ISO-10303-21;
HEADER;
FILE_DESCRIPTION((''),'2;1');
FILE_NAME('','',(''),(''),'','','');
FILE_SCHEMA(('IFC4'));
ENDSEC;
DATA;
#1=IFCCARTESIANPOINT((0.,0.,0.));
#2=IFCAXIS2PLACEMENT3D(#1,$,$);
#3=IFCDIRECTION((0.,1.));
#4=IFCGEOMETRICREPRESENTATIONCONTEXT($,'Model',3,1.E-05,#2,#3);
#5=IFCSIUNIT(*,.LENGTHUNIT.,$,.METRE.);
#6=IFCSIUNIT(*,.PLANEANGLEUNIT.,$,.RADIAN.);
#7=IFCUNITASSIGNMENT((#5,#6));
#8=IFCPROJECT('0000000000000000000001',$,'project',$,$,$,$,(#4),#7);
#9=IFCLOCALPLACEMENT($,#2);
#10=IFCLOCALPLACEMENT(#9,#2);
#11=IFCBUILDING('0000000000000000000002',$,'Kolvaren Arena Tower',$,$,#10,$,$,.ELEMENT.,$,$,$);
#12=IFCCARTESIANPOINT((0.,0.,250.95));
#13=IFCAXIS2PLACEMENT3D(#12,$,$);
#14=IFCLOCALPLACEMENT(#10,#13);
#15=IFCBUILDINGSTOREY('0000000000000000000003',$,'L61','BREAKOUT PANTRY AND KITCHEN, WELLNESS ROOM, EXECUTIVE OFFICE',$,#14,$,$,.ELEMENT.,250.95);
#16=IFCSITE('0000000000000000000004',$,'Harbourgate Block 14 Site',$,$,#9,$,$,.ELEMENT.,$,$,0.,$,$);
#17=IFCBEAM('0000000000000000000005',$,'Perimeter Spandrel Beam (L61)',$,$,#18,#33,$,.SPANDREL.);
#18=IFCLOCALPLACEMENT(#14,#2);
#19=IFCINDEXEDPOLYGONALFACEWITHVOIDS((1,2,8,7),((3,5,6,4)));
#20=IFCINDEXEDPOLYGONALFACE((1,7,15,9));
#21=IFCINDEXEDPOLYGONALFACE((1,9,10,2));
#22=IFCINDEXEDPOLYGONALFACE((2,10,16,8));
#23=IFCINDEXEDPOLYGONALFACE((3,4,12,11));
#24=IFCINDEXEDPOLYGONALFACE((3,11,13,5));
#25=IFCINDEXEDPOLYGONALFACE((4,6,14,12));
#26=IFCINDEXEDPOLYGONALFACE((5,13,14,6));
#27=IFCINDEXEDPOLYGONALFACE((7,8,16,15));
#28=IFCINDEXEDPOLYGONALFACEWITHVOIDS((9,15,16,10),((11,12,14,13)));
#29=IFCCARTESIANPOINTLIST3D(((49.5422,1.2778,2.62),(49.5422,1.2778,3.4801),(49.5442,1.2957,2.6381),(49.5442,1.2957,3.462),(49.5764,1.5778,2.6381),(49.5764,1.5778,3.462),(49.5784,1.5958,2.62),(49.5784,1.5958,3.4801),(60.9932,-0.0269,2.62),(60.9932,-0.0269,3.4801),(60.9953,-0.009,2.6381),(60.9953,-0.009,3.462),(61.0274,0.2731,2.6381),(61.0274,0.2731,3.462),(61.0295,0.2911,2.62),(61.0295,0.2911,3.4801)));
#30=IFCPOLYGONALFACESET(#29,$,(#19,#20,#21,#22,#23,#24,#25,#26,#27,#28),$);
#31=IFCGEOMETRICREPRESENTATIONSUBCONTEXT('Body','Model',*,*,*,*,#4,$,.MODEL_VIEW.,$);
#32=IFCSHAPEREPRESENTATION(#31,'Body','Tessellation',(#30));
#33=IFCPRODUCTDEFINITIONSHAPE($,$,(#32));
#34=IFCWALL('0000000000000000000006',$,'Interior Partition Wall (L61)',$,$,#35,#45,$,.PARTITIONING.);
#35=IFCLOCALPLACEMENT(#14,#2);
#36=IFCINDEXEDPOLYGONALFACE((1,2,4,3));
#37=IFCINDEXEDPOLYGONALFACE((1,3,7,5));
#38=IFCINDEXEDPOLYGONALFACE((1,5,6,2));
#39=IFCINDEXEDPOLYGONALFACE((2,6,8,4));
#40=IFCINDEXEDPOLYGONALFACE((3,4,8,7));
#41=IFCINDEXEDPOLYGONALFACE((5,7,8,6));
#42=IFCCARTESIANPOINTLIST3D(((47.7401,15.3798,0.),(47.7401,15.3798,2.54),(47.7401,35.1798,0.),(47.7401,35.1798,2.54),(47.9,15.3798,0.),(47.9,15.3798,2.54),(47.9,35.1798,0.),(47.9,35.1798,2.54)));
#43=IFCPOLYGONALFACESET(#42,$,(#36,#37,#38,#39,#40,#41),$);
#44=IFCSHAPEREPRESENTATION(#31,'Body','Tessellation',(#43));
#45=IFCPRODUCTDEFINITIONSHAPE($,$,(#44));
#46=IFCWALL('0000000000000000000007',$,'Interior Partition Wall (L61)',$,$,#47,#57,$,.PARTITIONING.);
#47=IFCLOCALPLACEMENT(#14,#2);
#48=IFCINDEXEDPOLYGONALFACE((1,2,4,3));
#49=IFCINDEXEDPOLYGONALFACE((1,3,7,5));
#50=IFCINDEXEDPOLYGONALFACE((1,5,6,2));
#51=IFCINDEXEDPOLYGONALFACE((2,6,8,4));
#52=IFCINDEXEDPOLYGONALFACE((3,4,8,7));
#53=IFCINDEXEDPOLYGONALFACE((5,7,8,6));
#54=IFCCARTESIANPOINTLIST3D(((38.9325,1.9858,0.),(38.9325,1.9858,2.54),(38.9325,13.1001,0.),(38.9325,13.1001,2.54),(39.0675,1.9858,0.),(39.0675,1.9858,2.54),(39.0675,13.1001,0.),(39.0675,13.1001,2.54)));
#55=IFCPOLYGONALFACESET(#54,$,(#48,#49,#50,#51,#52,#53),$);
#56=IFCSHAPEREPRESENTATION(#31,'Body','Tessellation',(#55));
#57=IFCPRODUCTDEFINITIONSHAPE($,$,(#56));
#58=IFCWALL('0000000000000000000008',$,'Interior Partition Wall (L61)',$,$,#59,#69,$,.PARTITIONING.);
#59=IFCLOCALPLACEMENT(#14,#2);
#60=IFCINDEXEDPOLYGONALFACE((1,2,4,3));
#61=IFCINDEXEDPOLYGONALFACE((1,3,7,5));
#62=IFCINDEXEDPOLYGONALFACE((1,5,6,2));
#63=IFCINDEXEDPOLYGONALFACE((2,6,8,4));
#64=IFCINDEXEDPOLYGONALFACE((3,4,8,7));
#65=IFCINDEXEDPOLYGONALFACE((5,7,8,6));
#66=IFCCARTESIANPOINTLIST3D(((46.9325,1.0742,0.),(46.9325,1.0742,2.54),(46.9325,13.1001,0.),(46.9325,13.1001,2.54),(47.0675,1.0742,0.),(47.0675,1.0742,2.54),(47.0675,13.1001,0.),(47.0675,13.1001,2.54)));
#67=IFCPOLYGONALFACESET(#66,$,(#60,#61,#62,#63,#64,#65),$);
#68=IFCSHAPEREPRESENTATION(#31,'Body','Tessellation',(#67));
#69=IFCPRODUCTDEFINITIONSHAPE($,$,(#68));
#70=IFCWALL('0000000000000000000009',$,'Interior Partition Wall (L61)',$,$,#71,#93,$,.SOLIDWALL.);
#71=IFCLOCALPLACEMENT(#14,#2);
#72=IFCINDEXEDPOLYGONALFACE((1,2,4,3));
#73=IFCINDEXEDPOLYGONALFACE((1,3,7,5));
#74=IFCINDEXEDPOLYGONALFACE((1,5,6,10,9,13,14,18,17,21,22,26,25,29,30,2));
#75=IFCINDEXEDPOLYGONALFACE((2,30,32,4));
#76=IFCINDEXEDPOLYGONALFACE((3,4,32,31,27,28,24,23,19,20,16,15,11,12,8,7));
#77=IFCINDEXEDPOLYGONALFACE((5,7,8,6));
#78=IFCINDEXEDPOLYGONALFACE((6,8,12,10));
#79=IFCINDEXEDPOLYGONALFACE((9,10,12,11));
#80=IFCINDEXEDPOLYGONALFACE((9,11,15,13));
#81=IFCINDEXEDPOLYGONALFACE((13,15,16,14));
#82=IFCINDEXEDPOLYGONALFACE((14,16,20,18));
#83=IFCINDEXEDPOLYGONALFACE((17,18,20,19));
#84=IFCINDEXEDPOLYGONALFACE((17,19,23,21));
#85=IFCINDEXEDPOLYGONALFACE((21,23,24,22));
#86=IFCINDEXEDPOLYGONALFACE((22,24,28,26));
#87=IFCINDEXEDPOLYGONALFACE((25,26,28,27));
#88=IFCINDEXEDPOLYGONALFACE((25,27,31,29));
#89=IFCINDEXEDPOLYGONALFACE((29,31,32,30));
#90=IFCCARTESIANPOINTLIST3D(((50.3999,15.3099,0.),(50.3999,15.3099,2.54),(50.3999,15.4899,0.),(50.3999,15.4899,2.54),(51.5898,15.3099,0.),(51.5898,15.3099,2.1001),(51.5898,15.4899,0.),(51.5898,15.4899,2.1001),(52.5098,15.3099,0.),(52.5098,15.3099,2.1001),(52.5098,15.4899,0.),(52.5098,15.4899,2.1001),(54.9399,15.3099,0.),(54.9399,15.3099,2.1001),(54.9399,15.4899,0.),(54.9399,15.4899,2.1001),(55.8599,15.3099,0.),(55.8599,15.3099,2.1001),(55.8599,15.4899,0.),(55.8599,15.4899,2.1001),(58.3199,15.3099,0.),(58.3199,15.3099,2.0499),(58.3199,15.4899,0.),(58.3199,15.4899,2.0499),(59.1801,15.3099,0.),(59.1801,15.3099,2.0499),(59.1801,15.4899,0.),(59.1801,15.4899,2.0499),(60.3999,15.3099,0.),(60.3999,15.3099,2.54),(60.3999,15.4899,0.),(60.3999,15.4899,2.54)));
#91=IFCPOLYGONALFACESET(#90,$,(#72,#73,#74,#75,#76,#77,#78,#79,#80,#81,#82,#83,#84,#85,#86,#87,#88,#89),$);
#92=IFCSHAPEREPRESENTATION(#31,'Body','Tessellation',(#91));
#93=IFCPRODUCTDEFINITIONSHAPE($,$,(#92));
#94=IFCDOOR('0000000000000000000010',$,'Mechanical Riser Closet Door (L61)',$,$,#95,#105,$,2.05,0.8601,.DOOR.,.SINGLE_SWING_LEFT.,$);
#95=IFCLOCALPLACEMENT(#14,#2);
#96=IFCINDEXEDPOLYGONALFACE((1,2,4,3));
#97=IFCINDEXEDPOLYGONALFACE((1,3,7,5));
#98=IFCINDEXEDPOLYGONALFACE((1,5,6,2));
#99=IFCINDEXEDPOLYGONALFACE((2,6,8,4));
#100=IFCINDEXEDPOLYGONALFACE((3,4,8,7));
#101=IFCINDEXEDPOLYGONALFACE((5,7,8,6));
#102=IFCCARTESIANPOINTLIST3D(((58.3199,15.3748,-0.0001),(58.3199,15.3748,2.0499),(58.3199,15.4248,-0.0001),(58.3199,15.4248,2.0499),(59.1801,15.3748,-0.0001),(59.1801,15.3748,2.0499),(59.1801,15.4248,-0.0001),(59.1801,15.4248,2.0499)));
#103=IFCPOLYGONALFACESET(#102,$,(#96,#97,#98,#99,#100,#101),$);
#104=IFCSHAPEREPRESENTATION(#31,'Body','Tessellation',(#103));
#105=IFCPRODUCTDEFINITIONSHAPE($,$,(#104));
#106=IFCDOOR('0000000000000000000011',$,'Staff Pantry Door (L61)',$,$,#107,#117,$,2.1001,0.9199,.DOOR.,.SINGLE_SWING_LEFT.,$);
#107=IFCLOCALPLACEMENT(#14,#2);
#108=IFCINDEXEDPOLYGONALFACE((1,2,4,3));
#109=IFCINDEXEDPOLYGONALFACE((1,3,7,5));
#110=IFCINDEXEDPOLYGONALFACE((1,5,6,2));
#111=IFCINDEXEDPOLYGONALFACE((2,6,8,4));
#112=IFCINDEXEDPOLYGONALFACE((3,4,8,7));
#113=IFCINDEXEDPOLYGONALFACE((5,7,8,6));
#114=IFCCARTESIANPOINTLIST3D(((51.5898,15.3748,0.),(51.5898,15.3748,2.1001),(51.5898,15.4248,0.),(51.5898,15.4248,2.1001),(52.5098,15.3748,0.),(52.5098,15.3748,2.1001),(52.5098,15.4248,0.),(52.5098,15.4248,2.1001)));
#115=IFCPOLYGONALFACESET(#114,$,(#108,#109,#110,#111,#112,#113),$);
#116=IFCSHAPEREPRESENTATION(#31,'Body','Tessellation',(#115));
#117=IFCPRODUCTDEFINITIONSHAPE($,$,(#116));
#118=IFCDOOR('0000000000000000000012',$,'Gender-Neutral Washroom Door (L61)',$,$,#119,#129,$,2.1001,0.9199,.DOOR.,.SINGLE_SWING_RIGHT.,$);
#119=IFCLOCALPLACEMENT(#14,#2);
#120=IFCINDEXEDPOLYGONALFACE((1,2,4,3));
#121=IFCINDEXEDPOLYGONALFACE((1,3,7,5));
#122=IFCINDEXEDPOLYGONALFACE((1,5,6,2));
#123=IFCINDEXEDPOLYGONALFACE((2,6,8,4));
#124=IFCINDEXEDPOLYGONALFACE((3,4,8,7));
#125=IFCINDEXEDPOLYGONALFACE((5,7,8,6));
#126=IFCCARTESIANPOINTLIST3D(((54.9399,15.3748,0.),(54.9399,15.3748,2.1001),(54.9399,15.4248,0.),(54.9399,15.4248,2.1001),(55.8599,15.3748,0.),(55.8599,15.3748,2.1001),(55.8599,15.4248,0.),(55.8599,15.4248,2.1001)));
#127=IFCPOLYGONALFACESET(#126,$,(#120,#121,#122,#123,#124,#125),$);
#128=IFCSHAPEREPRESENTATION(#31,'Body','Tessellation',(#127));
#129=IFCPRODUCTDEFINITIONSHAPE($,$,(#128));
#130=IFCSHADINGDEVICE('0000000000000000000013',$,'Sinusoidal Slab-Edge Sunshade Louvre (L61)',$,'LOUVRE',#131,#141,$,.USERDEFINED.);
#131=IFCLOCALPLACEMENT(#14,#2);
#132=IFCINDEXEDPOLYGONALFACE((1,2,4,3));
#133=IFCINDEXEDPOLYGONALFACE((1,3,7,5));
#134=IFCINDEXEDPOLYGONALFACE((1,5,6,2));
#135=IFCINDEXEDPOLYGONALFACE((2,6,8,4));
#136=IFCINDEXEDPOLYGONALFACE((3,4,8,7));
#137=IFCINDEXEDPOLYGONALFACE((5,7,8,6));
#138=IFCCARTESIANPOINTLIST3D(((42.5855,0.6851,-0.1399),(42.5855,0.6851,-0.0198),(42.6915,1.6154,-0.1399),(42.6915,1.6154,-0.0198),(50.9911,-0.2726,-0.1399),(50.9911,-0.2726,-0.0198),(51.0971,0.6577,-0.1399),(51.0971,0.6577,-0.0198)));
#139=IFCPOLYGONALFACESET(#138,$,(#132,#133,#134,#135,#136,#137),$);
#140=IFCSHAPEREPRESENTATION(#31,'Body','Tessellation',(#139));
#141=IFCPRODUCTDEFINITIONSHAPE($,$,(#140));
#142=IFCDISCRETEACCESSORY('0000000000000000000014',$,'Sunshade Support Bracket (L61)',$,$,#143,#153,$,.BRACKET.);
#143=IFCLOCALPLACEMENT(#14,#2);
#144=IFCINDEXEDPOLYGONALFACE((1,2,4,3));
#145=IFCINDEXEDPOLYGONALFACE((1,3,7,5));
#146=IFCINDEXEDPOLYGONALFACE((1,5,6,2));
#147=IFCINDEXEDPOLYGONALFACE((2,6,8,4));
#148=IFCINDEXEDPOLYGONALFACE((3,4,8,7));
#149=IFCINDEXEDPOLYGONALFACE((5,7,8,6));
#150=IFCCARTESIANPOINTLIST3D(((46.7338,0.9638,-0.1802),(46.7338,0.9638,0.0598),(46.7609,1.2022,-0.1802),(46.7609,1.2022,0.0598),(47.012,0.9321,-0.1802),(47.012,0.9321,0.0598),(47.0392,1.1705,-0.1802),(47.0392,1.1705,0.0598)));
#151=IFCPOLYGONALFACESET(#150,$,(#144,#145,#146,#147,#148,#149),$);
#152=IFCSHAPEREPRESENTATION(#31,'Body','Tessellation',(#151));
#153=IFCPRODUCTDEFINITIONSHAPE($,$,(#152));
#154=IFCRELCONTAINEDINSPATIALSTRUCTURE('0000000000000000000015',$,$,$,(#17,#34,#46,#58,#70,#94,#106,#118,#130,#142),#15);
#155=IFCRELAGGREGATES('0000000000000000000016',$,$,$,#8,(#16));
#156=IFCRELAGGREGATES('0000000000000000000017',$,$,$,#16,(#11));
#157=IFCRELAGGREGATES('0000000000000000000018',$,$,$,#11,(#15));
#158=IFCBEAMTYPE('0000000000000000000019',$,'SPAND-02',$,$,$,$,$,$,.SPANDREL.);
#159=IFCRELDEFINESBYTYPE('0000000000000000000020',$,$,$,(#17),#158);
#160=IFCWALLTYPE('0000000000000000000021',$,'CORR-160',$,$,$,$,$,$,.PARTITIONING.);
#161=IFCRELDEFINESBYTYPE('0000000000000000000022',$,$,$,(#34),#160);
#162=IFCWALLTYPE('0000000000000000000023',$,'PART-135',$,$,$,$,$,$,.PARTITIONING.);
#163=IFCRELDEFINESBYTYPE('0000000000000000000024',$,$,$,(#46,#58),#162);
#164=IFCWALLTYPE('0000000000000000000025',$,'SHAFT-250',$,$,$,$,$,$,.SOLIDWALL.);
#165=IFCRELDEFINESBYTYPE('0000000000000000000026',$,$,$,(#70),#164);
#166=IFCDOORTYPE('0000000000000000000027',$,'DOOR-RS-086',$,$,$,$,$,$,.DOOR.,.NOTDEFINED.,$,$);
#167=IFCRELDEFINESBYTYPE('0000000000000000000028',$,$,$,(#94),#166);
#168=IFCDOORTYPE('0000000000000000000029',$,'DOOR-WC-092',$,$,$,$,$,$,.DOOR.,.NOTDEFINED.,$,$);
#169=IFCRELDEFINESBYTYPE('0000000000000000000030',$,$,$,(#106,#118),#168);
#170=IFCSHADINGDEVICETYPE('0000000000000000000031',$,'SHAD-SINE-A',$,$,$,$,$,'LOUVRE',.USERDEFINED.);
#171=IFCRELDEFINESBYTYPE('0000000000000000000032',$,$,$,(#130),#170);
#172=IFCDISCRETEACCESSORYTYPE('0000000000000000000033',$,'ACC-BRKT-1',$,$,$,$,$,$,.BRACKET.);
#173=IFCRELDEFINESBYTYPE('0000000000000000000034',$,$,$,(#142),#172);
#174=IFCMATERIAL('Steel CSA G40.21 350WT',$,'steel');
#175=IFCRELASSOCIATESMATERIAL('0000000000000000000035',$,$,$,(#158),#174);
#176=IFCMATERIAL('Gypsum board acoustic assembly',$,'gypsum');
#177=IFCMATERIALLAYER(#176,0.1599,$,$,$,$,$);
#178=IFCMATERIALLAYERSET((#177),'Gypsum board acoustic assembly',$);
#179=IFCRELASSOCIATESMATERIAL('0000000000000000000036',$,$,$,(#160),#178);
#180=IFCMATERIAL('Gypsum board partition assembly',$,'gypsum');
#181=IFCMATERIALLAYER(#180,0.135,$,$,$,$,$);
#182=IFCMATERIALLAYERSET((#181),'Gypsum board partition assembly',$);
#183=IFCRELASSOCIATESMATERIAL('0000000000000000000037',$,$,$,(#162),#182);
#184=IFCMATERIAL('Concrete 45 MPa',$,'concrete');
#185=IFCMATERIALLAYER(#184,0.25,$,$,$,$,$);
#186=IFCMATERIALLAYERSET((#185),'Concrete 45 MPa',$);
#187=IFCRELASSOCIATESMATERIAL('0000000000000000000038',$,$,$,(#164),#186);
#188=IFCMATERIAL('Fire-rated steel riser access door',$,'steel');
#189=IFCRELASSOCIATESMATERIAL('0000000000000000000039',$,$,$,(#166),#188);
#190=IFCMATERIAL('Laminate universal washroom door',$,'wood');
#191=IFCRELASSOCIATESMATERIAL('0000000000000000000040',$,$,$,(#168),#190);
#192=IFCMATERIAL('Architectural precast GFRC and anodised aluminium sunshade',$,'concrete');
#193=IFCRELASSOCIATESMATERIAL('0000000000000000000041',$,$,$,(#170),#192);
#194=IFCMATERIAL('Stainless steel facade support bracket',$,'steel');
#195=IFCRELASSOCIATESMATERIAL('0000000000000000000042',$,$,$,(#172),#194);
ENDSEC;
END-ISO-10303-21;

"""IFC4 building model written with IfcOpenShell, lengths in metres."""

from ifc_helpers import new_model, si_unit, direction, frame, frame_2d, origin, origin_2d, place, context, subcontext, project, spatial, rectangle, hollow_rectangle, extrude, material, layer, layer_set, material_profile, profile_set, type_object, element, fill, save


model = new_model("IFC4")

# Units and contexts
model_context = context("Model", 3, precision=1e-05, world=origin(), true_north=direction((0.0, 1.0)))
body_context = subcontext(model_context, "Body", "Model", "MODEL_VIEW")
ifc_project = project(units=[si_unit("LENGTHUNIT", "METRE"), si_unit("PLANEANGLEUNIT", "RADIAN")], contexts=[model_context])

# Site, building, storey
site_placement = place(None, origin())
site = spatial("IfcSite", under=ifc_project, at=site_placement, Name="Harbourgate Block 14 Site", CompositionType="ELEMENT", RefElevation=0.0)
building_placement = place(site_placement, origin())
building = spatial("IfcBuilding", under=site, at=building_placement, Name="Kolvaren Arena Tower", CompositionType="ELEMENT")
storey_placement = place(building_placement, frame((0.0, 0.0, 250.95)))
storey = spatial("IfcBuildingStorey", under=building, at=storey_placement, Name="L61", Description="BREAKOUT PANTRY AND KITCHEN, WELLNESS ROOM, EXECUTIVE OFFICE", CompositionType="ELEMENT", Elevation=250.95)

# Beam
ifc_material_1 = material(Name="Steel CSA G40.21 350WT", Category="steel")
ifc_material_profile_1 = material_profile(ifc_material_1, hollow_rectangle(XDim=0.3201, YDim=0.8601, WallThickness=0.0181, at=origin_2d()), Name="HSS 860x320x18")
ifc_profile_set_1 = profile_set([ifc_material_profile_1], Name="Steel CSA G40.21 350WT")
beam_type_1 = type_object("IfcBeamType", Name="SPAND-02", PredefinedType="SPANDREL", material=ifc_profile_set_1)
beam_1_placement = place(storey_placement, frame((49.5603, 1.4368, 3.05), z_axis=(0.993572, -0.113202, 0.0), x_axis=(0.113202, 0.993572, 0.0)))
element("IfcBeam", 1, at=beam_1_placement, inside=storey, type_object=beam_type_1, Name="Perimeter Spandrel Beam (L61)", PredefinedType="SPANDREL", context=body_context, shape_type="SweptSolid", body=[
    extrude(hollow_rectangle(XDim=0.3201, YDim=0.8601, WallThickness=0.0181, at=origin_2d()), origin(), (0.0, 0.0, 1.0), 11.5251),
])

# Walls
ifc_material_2 = material(Name="Gypsum board acoustic assembly", Category="gypsum")
ifc_layer_1 = layer(ifc_material_2, 0.1599)
ifc_layer_set_1 = layer_set([ifc_layer_1], Name="Gypsum board acoustic assembly")
wall_type_1 = type_object("IfcWallType", Name="CORR-160", PredefinedType="PARTITIONING", material=ifc_layer_set_1)
wall_1_placement = place(storey_placement, frame((47.8201, 15.3799, 0.0), z_axis=(0.0, 0.0, 1.0), x_axis=(0.0, 1.0, 0.0)))
element("IfcWall", 2, at=wall_1_placement, inside=storey, type_object=wall_type_1, Name="Interior Partition Wall (L61)", PredefinedType="PARTITIONING", context=body_context, shape_type="SweptSolid", body=[
    extrude(rectangle(XDim=19.8, YDim=0.1599, at=frame_2d((9.8999, 0.0))), origin(), (0.0, 0.0, 1.0), 2.54),
])
ifc_material_3 = material(Name="Gypsum board partition assembly", Category="gypsum")
ifc_layer_2 = layer(ifc_material_3, 0.135)
ifc_layer_set_2 = layer_set([ifc_layer_2], Name="Gypsum board partition assembly")
wall_type_2 = type_object("IfcWallType", Name="PART-135", PredefinedType="PARTITIONING", material=ifc_layer_set_2)
wall_2_placement = place(storey_placement, frame((39.0, 1.9858, 0.0), z_axis=(0.0, 0.0, 1.0), x_axis=(0.0, 1.0, 0.0)))
element("IfcWall", 3, at=wall_2_placement, inside=storey, type_object=wall_type_2, Name="Interior Partition Wall (L61)", PredefinedType="PARTITIONING", context=body_context, shape_type="SweptSolid", body=[
    extrude(rectangle(XDim=11.1143, YDim=0.135, at=frame_2d((5.5571, 0.0))), origin(), (0.0, 0.0, 1.0), 2.54),
])
wall_3_placement = place(storey_placement, frame((47.0, 1.0742, 0.0), z_axis=(0.0, 0.0, 1.0), x_axis=(0.0, 1.0, 0.0)))
element("IfcWall", 4, at=wall_3_placement, inside=storey, type_object=wall_type_2, Name="Interior Partition Wall (L61)", PredefinedType="PARTITIONING", context=body_context, shape_type="SweptSolid", body=[
    extrude(rectangle(XDim=12.0259, YDim=0.135, at=frame_2d((6.0129, 0.0))), origin(), (0.0, 0.0, 1.0), 2.54),
])

# Wall, openings, doors
ifc_material_4 = material(Name="Concrete 45 MPa", Category="concrete")
ifc_layer_3 = layer(ifc_material_4, 0.25)
ifc_layer_set_3 = layer_set([ifc_layer_3], Name="Concrete 45 MPa")
wall_type_3 = type_object("IfcWallType", Name="SHAFT-250", PredefinedType="SOLIDWALL", material=ifc_layer_set_3)
wall_4_placement = place(storey_placement, frame((50.3999, 15.3999, 0.0), z_axis=(0.0, 0.0, 1.0), x_axis=(1.0, 0.0, 0.0)))
wall_4 = element("IfcWall", 5, at=wall_4_placement, inside=storey, type_object=wall_type_3, Name="Interior Partition Wall (L61)", PredefinedType="SOLIDWALL", context=body_context, shape_type="SweptSolid", body=[
    extrude(rectangle(XDim=10.0, YDim=0.1799, at=frame_2d((5.0, 0.0))), origin(), (0.0, 0.0, 1.0), 2.54),
])
opening_1_placement = place(wall_4_placement, frame((1.1899, 0.0, 0.0)))
opening_1 = element("IfcOpeningElement", 6, at=opening_1_placement, cuts=wall_4, PredefinedType="OPENING", context=body_context, shape_type="SweptSolid", body=[
    extrude(rectangle(XDim=0.9199, YDim=2.1001, at=frame_2d((0.46, 1.05))), frame((0.0, 0.0999, 0.0), z_axis=(0.0, -1.0, 0.0), x_axis=(1.0, 0.0, 0.0)), (0.0, 0.0, 1.0), 0.2),
])
opening_2_placement = place(wall_4_placement, frame((4.54, 0.0, 0.0)))
opening_2 = element("IfcOpeningElement", 7, at=opening_2_placement, cuts=wall_4, PredefinedType="OPENING", context=body_context, shape_type="SweptSolid", body=[
    extrude(rectangle(XDim=0.9199, YDim=2.1001, at=frame_2d((0.46, 1.05))), frame((0.0, 0.0999, 0.0), z_axis=(0.0, -1.0, 0.0), x_axis=(1.0, 0.0, 0.0)), (0.0, 0.0, 1.0), 0.2),
])
opening_3_placement = place(wall_4_placement, frame((7.9199, 0.0, 0.0)))
opening_3 = element("IfcOpeningElement", 8, at=opening_3_placement, cuts=wall_4, PredefinedType="OPENING", context=body_context, shape_type="SweptSolid", body=[
    extrude(rectangle(XDim=0.8601, YDim=2.05, at=frame_2d((0.4302, 1.0249))), frame((0.0, 0.0999, 0.0), z_axis=(0.0, -1.0, 0.0), x_axis=(1.0, 0.0, 0.0)), (0.0, 0.0, 1.0), 0.2),
])
ifc_material_5 = material(Name="Fire-rated steel riser access door", Category="steel")
door_type_1 = type_object("IfcDoorType", Name="DOOR-RS-086", OperationType="NOTDEFINED", PredefinedType="DOOR", material=ifc_material_5)
door_1_placement = place(opening_3_placement, origin())
door_1 = element("IfcDoor", 9, at=door_1_placement, inside=storey, type_object=door_type_1, Name="Mechanical Riser Closet Door (L61)", OperationType="SINGLE_SWING_LEFT", OverallHeight=2.05, OverallWidth=0.8601, PredefinedType="DOOR", context=body_context, shape_type="SweptSolid", body=[
    extrude(rectangle(XDim=0.8601, YDim=2.05, at=frame_2d((0.4302, 1.0249))), frame((0.0, 0.0249, 0.0), z_axis=(0.0, -1.0, 0.0), x_axis=(1.0, 0.0, 0.0)), (0.0, 0.0, 1.0), 0.05),
])
fill(opening_3, door_1)
ifc_material_6 = material(Name="Laminate universal washroom door", Category="wood")
door_type_2 = type_object("IfcDoorType", Name="DOOR-WC-092", OperationType="NOTDEFINED", PredefinedType="DOOR", material=ifc_material_6)
door_2_placement = place(opening_1_placement, origin())
door_2 = element("IfcDoor", 10, at=door_2_placement, inside=storey, type_object=door_type_2, Name="Staff Pantry Door (L61)", OperationType="SINGLE_SWING_LEFT", OverallHeight=2.1001, OverallWidth=0.9199, PredefinedType="DOOR", context=body_context, shape_type="SweptSolid", body=[
    extrude(rectangle(XDim=0.9199, YDim=2.1001, at=frame_2d((0.46, 1.05))), frame((0.0, 0.0249, 0.0), z_axis=(0.0, -1.0, 0.0), x_axis=(1.0, 0.0, 0.0)), (0.0, 0.0, 1.0), 0.05),
])
fill(opening_1, door_2)
door_3_placement = place(opening_2_placement, origin())
door_3 = element("IfcDoor", 11, at=door_3_placement, inside=storey, type_object=door_type_2, Name="Gender-Neutral Washroom Door (L61)", OperationType="SINGLE_SWING_RIGHT", OverallHeight=2.1001, OverallWidth=0.9199, PredefinedType="DOOR", context=body_context, shape_type="SweptSolid", body=[
    extrude(rectangle(XDim=0.9199, YDim=2.1001, at=frame_2d((0.46, 1.05))), frame((0.0, 0.0249, 0.0), z_axis=(0.0, -1.0, 0.0), x_axis=(1.0, 0.0, 0.0)), (0.0, 0.0, 1.0), 0.05),
])
fill(opening_2, door_3)

# Shading device
ifc_material_7 = material(Name="Architectural precast GFRC and anodised aluminium sunshade", Category="concrete")
shading_device_type = type_object("IfcShadingDeviceType", Name="SHAD-SINE-A", ElementType="LOUVRE", PredefinedType="USERDEFINED", material=ifc_material_7)
shading_device_placement = place(storey_placement, frame((46.8413, 0.6714, -0.1399), z_axis=(0.0, 0.0, 1.0), x_axis=(-0.993572, 0.113205, 0.0)))
element("IfcShadingDevice", 12, at=shading_device_placement, inside=storey, type_object=shading_device_type, Name="Sinusoidal Slab-Edge Sunshade Louvre (L61)", ObjectType="LOUVRE", PredefinedType="USERDEFINED", context=body_context, shape_type="SweptSolid", body=[
    extrude(rectangle(XDim=8.46, YDim=0.9363, at=origin_2d()), origin(), (0.0, 0.0, 1.0), 0.1201),
])

# Discrete accessory
ifc_material_8 = material(Name="Stainless steel facade support bracket", Category="steel")
discrete_accessory_type = type_object("IfcDiscreteAccessoryType", Name="ACC-BRKT-1", PredefinedType="BRACKET", material=ifc_material_8)
discrete_accessory_placement = place(storey_placement, frame((46.8865, 1.0671, -0.1802), z_axis=(0.0, 0.0, 1.0), x_axis=(-0.993572, 0.113205, 0.0)))
element("IfcDiscreteAccessory", 13, at=discrete_accessory_placement, inside=storey, type_object=discrete_accessory_type, Name="Sunshade Support Bracket (L61)", PredefinedType="BRACKET", context=body_context, shape_type="SweptSolid", body=[
    extrude(rectangle(XDim=0.28, YDim=0.24, at=origin_2d()), origin(), (0.0, 0.0, 1.0), 0.24),
])

save(model, "model.ifc")
